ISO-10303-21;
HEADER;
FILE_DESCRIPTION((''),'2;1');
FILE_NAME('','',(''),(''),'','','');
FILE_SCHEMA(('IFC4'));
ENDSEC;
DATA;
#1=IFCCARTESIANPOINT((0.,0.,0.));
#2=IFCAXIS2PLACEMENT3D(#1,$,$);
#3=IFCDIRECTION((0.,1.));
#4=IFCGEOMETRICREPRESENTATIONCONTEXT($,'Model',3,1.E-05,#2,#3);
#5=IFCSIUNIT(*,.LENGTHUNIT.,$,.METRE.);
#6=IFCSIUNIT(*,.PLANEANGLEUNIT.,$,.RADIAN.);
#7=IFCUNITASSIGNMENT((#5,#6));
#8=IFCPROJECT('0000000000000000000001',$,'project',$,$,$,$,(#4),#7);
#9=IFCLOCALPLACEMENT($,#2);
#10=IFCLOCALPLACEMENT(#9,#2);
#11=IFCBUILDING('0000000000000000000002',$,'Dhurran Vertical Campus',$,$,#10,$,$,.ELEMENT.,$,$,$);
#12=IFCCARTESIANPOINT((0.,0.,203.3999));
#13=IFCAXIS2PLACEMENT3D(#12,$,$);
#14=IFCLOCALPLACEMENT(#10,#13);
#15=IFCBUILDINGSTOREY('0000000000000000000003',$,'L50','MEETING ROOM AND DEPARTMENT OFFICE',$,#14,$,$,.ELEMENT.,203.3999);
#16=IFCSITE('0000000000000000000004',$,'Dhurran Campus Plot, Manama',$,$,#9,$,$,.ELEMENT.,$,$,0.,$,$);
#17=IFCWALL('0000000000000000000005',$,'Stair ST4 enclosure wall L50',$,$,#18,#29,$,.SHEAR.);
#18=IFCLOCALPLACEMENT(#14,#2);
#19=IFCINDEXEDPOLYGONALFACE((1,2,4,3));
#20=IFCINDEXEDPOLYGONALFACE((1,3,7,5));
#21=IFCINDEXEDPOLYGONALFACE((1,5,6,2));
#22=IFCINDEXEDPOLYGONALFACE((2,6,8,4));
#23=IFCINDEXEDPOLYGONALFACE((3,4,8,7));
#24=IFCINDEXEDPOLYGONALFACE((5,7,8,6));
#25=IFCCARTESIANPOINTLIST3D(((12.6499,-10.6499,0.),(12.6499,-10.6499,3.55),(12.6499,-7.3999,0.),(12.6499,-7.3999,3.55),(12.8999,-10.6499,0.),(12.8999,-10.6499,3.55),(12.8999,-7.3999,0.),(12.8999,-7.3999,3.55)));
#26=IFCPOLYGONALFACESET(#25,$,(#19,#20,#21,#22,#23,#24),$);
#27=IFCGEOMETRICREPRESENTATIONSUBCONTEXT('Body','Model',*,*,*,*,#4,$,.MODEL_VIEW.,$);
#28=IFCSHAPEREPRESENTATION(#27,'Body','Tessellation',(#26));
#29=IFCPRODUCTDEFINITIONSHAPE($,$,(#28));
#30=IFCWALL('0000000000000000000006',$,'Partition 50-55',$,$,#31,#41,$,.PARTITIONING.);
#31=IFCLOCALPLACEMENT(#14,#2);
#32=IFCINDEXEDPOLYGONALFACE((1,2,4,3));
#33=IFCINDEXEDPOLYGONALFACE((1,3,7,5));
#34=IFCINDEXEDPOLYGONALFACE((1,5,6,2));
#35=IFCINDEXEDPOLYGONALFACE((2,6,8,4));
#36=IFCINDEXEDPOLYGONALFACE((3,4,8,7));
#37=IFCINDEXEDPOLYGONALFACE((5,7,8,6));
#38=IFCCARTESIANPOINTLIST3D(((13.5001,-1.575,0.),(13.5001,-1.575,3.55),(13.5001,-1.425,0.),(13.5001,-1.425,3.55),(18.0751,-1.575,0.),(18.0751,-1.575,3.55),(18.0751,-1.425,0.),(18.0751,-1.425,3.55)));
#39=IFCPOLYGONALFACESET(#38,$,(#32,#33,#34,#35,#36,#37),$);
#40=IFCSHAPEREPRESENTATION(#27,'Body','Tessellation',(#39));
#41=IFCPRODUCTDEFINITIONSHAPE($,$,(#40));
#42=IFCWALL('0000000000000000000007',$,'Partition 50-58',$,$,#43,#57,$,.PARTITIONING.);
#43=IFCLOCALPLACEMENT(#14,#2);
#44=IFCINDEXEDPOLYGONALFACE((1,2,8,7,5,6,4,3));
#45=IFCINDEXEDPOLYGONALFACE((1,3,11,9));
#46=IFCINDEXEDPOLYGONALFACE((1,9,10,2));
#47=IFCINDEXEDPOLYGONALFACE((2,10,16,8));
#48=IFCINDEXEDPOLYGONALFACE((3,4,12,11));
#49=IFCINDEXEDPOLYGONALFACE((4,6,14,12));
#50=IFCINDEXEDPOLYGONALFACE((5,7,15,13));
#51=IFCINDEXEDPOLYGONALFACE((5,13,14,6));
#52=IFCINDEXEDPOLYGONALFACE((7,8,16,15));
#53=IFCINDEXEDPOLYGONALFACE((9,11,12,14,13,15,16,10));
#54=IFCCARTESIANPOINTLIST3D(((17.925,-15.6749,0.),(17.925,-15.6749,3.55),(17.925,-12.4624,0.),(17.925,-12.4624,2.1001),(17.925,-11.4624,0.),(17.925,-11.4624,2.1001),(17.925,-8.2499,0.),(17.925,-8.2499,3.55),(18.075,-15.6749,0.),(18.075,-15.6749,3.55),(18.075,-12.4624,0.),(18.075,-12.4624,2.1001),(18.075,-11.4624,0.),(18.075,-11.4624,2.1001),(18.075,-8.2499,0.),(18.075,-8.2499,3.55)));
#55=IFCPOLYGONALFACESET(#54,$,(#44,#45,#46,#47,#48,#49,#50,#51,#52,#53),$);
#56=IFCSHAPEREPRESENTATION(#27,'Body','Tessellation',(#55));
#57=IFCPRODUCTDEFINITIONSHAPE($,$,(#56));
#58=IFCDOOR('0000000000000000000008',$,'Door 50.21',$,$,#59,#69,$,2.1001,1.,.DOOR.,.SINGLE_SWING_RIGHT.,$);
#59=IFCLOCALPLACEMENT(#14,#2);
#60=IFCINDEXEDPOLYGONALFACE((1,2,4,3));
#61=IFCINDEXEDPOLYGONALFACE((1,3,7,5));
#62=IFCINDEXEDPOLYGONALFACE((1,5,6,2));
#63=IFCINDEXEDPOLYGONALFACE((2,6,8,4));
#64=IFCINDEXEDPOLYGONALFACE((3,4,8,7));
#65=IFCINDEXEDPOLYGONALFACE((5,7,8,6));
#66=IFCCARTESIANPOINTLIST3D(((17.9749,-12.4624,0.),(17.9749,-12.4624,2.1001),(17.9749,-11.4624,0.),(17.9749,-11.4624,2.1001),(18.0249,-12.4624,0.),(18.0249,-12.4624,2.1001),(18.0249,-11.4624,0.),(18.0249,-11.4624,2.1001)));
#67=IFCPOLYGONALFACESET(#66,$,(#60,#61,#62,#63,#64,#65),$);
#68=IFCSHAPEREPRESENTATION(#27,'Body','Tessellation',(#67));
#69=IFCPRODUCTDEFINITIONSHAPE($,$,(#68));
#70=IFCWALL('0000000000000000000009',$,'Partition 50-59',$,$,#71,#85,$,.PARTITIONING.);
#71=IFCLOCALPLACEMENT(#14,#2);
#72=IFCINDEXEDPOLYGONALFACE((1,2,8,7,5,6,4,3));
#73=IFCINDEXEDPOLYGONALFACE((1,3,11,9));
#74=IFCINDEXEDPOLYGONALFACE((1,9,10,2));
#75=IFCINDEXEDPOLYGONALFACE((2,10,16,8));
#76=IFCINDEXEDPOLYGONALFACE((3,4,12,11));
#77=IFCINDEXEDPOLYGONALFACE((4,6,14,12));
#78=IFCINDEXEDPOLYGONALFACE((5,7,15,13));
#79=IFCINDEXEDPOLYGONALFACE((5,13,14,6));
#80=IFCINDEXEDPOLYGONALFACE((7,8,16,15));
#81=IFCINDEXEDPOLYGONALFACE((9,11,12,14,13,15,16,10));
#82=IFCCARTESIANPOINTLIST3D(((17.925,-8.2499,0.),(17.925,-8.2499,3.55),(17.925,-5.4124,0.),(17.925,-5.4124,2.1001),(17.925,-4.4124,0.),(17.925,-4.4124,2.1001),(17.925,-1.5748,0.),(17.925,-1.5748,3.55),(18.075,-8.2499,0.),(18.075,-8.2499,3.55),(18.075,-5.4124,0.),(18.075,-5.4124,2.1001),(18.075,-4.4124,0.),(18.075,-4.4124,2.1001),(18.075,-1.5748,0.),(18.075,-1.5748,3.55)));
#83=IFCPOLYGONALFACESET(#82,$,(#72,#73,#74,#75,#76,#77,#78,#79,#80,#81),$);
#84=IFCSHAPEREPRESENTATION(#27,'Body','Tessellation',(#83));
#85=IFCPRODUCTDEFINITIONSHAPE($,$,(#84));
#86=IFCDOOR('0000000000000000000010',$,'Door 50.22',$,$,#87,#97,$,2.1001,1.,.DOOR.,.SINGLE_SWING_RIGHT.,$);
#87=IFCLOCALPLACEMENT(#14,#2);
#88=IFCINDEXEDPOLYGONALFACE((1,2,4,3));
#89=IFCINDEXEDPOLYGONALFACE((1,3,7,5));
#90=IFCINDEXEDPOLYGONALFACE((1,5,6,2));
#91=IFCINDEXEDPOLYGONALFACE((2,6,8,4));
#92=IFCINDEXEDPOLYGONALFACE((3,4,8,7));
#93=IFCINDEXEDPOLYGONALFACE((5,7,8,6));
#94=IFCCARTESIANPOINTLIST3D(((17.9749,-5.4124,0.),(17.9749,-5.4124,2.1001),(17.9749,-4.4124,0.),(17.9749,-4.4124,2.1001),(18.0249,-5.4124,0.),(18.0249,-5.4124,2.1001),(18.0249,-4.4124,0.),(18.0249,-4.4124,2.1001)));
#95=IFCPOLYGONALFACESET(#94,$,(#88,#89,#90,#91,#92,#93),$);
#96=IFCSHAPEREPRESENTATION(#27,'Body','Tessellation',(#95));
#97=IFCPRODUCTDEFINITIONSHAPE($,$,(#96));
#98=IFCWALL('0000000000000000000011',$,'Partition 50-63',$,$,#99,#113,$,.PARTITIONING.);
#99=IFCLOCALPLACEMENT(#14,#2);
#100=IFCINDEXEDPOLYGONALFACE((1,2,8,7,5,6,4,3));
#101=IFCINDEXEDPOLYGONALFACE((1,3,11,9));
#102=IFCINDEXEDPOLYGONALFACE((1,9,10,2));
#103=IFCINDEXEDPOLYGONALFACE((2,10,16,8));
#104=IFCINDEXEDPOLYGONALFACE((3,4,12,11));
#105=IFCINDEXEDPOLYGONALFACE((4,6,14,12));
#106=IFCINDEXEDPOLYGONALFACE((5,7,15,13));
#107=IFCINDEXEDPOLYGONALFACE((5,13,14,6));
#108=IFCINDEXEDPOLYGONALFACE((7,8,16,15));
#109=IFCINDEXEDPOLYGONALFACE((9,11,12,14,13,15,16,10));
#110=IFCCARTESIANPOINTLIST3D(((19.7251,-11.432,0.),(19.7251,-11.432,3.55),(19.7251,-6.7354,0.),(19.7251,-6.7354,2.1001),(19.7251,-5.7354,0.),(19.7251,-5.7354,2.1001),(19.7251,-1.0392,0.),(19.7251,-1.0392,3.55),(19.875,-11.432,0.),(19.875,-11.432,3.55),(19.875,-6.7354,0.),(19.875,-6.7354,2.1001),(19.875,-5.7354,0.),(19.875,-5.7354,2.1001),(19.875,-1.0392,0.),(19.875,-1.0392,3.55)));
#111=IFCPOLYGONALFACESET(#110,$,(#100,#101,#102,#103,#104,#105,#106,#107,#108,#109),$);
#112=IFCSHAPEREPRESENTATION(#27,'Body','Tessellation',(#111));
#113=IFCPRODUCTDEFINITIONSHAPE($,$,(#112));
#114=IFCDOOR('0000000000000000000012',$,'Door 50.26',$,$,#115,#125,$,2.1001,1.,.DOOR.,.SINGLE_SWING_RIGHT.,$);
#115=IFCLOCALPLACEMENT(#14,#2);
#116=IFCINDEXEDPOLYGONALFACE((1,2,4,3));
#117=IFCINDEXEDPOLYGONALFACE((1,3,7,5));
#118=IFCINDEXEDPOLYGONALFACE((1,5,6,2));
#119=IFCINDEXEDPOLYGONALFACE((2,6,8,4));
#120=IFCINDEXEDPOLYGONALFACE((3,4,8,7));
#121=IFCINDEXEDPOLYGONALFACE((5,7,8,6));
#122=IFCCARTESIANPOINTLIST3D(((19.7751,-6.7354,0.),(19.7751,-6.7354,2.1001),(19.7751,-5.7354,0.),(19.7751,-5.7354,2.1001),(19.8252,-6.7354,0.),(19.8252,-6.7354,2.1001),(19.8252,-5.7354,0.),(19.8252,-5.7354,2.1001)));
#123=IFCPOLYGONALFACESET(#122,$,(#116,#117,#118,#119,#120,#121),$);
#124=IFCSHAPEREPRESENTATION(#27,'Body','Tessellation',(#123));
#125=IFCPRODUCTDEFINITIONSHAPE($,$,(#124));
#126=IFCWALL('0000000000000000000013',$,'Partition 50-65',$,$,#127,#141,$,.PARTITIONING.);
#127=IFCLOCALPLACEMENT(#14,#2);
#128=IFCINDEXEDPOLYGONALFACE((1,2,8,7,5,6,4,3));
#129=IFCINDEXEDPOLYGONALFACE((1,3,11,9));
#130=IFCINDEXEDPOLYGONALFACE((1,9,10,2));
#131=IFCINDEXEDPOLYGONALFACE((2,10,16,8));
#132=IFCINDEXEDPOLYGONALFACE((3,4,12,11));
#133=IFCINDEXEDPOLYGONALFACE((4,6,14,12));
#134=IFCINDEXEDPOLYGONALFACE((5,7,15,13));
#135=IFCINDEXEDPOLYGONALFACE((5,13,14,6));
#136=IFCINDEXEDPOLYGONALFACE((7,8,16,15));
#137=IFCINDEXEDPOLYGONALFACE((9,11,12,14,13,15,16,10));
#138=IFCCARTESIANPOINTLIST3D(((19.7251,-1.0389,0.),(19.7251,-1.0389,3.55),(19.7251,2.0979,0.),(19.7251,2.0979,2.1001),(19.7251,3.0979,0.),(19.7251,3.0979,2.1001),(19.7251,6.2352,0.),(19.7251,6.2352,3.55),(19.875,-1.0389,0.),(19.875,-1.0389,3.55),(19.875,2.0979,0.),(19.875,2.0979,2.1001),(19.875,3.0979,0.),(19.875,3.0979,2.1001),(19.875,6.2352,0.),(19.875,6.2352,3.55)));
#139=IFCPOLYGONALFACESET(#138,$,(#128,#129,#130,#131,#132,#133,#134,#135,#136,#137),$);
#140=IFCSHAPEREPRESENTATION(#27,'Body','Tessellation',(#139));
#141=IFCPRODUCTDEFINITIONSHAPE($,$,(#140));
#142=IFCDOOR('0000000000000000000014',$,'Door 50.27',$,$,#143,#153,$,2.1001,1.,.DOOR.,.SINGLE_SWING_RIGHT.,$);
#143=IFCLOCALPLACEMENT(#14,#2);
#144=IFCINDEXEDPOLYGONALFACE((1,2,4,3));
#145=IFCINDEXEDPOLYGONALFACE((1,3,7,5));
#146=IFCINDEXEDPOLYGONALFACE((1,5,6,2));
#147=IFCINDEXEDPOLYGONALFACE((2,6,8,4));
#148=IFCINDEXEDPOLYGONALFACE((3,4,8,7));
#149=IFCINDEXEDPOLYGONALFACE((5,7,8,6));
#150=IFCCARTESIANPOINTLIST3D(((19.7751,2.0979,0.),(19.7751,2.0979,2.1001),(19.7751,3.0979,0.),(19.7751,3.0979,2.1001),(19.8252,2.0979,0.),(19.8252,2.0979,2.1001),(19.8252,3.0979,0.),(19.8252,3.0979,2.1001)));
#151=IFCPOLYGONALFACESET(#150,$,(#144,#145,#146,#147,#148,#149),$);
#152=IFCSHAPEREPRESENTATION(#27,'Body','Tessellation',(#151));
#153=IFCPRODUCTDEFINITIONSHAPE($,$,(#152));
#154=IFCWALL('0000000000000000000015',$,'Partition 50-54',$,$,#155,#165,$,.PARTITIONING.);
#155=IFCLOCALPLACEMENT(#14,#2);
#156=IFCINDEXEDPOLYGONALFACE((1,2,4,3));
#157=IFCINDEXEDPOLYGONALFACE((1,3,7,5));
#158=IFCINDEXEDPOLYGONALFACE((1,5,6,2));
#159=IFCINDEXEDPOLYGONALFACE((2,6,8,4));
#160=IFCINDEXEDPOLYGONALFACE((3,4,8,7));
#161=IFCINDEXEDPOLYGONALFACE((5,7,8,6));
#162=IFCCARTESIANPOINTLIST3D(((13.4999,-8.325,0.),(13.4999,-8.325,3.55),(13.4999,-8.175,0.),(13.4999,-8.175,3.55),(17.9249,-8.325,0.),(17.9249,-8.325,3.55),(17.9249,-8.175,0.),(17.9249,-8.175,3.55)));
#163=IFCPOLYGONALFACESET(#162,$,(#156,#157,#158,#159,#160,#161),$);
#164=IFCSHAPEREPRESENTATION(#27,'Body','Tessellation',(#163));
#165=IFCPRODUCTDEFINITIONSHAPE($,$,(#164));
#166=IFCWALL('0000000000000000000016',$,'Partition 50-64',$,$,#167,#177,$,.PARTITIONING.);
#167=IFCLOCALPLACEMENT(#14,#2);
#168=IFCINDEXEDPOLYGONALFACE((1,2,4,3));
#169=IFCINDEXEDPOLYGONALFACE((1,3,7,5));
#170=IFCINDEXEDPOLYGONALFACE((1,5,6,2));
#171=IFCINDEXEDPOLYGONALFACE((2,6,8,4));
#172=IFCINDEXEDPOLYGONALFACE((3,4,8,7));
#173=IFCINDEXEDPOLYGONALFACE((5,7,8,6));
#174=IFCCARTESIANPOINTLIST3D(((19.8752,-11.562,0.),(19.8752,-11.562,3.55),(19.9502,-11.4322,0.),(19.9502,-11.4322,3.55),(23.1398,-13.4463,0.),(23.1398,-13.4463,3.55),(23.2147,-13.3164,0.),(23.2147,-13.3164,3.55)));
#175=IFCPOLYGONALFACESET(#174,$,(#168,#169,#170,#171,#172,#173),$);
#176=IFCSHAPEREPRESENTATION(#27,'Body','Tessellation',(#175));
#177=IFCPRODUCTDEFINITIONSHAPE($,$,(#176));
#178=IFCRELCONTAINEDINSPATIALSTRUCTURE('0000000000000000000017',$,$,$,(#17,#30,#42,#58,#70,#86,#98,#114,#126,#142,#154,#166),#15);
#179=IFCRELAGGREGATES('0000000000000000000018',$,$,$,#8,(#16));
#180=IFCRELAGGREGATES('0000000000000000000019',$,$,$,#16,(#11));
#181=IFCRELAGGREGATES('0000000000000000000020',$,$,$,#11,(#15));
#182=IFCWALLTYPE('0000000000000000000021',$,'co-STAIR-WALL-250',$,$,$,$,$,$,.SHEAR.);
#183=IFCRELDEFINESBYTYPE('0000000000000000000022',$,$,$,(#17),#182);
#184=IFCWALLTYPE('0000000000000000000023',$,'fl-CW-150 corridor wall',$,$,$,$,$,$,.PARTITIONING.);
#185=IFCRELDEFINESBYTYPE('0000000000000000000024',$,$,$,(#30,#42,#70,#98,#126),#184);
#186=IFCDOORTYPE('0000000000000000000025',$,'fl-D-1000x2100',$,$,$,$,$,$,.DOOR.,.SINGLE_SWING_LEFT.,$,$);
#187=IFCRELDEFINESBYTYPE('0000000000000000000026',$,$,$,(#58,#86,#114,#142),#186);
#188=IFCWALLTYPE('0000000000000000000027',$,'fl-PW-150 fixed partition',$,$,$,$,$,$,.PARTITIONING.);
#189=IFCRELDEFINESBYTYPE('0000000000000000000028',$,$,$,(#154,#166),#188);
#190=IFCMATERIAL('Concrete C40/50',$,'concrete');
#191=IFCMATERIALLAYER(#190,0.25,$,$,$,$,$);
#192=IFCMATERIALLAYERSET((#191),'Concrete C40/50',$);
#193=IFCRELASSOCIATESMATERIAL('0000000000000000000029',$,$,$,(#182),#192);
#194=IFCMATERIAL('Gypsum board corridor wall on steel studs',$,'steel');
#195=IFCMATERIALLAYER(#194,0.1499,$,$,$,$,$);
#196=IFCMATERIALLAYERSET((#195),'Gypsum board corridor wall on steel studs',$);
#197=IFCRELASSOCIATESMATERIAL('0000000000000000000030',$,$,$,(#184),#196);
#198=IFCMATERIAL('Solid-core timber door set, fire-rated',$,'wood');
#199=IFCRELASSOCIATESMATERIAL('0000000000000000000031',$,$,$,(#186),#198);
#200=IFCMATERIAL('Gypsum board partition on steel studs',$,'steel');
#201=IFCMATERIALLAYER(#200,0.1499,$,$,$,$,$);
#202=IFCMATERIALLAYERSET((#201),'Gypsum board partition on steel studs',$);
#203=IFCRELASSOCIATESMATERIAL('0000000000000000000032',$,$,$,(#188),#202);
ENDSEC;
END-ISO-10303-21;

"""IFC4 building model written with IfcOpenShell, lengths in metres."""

from ifc_helpers import new_model, si_unit, direction, frame, frame_2d, origin, place, context, subcontext, project, spatial, rectangle, extrude, material, layer, layer_set, type_object, element, fill, save


model = new_model("IFC4")

# Units and contexts
model_context = context("Model", 3, precision=1e-05, world=origin(), true_north=direction((0.0, 1.0)))
body_context = subcontext(model_context, "Body", "Model", "MODEL_VIEW")
ifc_project = project(units=[si_unit("LENGTHUNIT", "METRE"), si_unit("PLANEANGLEUNIT", "RADIAN")], contexts=[model_context])

# Site, building, storey
site_placement = place(None, origin())
site = spatial("IfcSite", under=ifc_project, at=site_placement, Name="Dhurran Campus Plot, Manama", CompositionType="ELEMENT", RefElevation=0.0)
building_placement = place(site_placement, origin())
building = spatial("IfcBuilding", under=site, at=building_placement, Name="Dhurran Vertical Campus", CompositionType="ELEMENT")
storey_placement = place(building_placement, frame((0.0, 0.0, 203.3999)))
storey = spatial("IfcBuildingStorey", under=building, at=storey_placement, Name="L50", Description="MEETING ROOM AND DEPARTMENT OFFICE", CompositionType="ELEMENT", Elevation=203.3999)

# Walls
ifc_material_1 = material(Name="Concrete C40/50", Category="concrete")
ifc_layer_1 = layer(ifc_material_1, 0.25)
ifc_layer_set_1 = layer_set([ifc_layer_1], Name="Concrete C40/50")
wall_type_1 = type_object("IfcWallType", Name="co-STAIR-WALL-250", PredefinedType="SHEAR", material=ifc_layer_set_1)
wall_1_placement = place(storey_placement, frame((12.7749, -10.6499, 0.0), z_axis=(0.0, 0.0, 1.0), x_axis=(0.0, 1.0, 0.0)))
element("IfcWall", 1, at=wall_1_placement, inside=storey, type_object=wall_type_1, Name="Stair ST4 enclosure wall L50", PredefinedType="SHEAR", context=body_context, shape_type="SweptSolid", body=[
    extrude(rectangle(XDim=3.25, YDim=0.25, at=frame_2d((1.625, 0.0))), origin(), (0.0, 0.0, 1.0), 3.55),
])
ifc_material_2 = material(Name="Gypsum board corridor wall on steel studs", Category="steel")
ifc_layer_2 = layer(ifc_material_2, 0.1499)
ifc_layer_set_2 = layer_set([ifc_layer_2], Name="Gypsum board corridor wall on steel studs")
wall_type_2 = type_object("IfcWallType", Name="fl-CW-150 corridor wall", PredefinedType="PARTITIONING", material=ifc_layer_set_2)
wall_2_placement = place(storey_placement, frame((13.5, -1.5, 0.0), z_axis=(0.0, 0.0, 1.0), x_axis=(1.0, 0.0, 0.0)))
element("IfcWall", 2, at=wall_2_placement, inside=storey, type_object=wall_type_2, Name="Partition 50-55", PredefinedType="PARTITIONING", context=body_context, shape_type="SweptSolid", body=[
    extrude(rectangle(XDim=4.575, YDim=0.1499, at=frame_2d((2.2876, 0.0))), origin(), (0.0, 0.0, 1.0), 3.55),
])

# Walls, openings, doors
wall_3_placement = place(storey_placement, frame((18.0, -8.25, 0.0), z_axis=(0.0, 0.0, 1.0), x_axis=(0.0, -1.0, 0.0)))
wall_3 = element("IfcWall", 3, at=wall_3_placement, inside=storey, type_object=wall_type_2, Name="Partition 50-58", PredefinedType="PARTITIONING", context=body_context, shape_type="SweptSolid", body=[
    extrude(rectangle(XDim=7.425, YDim=0.1499, at=frame_2d((3.7124, 0.0))), origin(), (0.0, 0.0, 1.0), 3.55),
])
opening_1_placement = place(wall_3_placement, frame((3.2124, 0.0, 0.0)))
opening_1 = element("IfcOpeningElement", 4, at=opening_1_placement, cuts=wall_3, PredefinedType="OPENING", context=body_context, shape_type="SweptSolid", body=[
    extrude(rectangle(XDim=1.0, YDim=2.1001, at=frame_2d((0.5, 1.05))), frame((0.0, 0.085, 0.0), z_axis=(0.0, -1.0, 0.0), x_axis=(1.0, 0.0, 0.0)), (0.0, 0.0, 1.0), 0.1699),
])
ifc_material_3 = material(Name="Solid-core timber door set, fire-rated", Category="wood")
door_type_1 = type_object("IfcDoorType", Name="fl-D-1000x2100", OperationType="SINGLE_SWING_LEFT", PredefinedType="DOOR", material=ifc_material_3)
door_1_placement = place(opening_1_placement, origin())
door_1 = element("IfcDoor", 5, at=door_1_placement, inside=storey, type_object=door_type_1, Name="Door 50.21", OperationType="SINGLE_SWING_RIGHT", OverallHeight=2.1001, OverallWidth=1.0, PredefinedType="DOOR", context=body_context, shape_type="SweptSolid", body=[
    extrude(rectangle(XDim=1.0, YDim=2.1001, at=frame_2d((0.5, 1.05))), frame((0.0, 0.0249, 0.0), z_axis=(0.0, -1.0, 0.0), x_axis=(1.0, 0.0, 0.0)), (0.0, 0.0, 1.0), 0.05),
])
fill(opening_1, door_1)
wall_4_placement = place(storey_placement, frame((18.0, -1.575, 0.0), z_axis=(0.0, 0.0, 1.0), x_axis=(0.0, -1.0, 0.0)))
wall_4 = element("IfcWall", 6, at=wall_4_placement, inside=storey, type_object=wall_type_2, Name="Partition 50-59", PredefinedType="PARTITIONING", context=body_context, shape_type="SweptSolid", body=[
    extrude(rectangle(XDim=6.675, YDim=0.1499, at=frame_2d((3.3374, 0.0))), origin(), (0.0, 0.0, 1.0), 3.55),
])
opening_2_placement = place(wall_4_placement, frame((2.8374, 0.0, 0.0)))
opening_2 = element("IfcOpeningElement", 7, at=opening_2_placement, cuts=wall_4, PredefinedType="OPENING", context=body_context, shape_type="SweptSolid", body=[
    extrude(rectangle(XDim=1.0, YDim=2.1001, at=frame_2d((0.5, 1.05))), frame((0.0, 0.085, 0.0), z_axis=(0.0, -1.0, 0.0), x_axis=(1.0, 0.0, 0.0)), (0.0, 0.0, 1.0), 0.1699),
])
door_2_placement = place(opening_2_placement, origin())
door_2 = element("IfcDoor", 8, at=door_2_placement, inside=storey, type_object=door_type_1, Name="Door 50.22", OperationType="SINGLE_SWING_RIGHT", OverallHeight=2.1001, OverallWidth=1.0, PredefinedType="DOOR", context=body_context, shape_type="SweptSolid", body=[
    extrude(rectangle(XDim=1.0, YDim=2.1001, at=frame_2d((0.5, 1.05))), frame((0.0, 0.0249, 0.0), z_axis=(0.0, -1.0, 0.0), x_axis=(1.0, 0.0, 0.0)), (0.0, 0.0, 1.0), 0.05),
])
fill(opening_2, door_2)
wall_5_placement = place(storey_placement, frame((19.8, -11.4319, 0.0), z_axis=(0.0, 0.0, 1.0), x_axis=(0.0, 1.0, 0.0)))
wall_5 = element("IfcWall", 9, at=wall_5_placement, inside=storey, type_object=wall_type_2, Name="Partition 50-63", PredefinedType="PARTITIONING", context=body_context, shape_type="SweptSolid", body=[
    extrude(rectangle(XDim=10.3928, YDim=0.1499, at=frame_2d((5.1963, 0.0))), origin(), (0.0, 0.0, 1.0), 3.55),
])
opening_3_placement = place(wall_5_placement, frame((4.6965, 0.0, 0.0)))
opening_3 = element("IfcOpeningElement", 10, at=opening_3_placement, cuts=wall_5, PredefinedType="OPENING", context=body_context, shape_type="SweptSolid", body=[
    extrude(rectangle(XDim=1.0, YDim=2.1001, at=frame_2d((0.5, 1.05))), frame((0.0, 0.085, 0.0), z_axis=(0.0, -1.0, 0.0), x_axis=(1.0, 0.0, 0.0)), (0.0, 0.0, 1.0), 0.1699),
])
door_3_placement = place(opening_3_placement, origin())
door_3 = element("IfcDoor", 11, at=door_3_placement, inside=storey, type_object=door_type_1, Name="Door 50.26", OperationType="SINGLE_SWING_RIGHT", OverallHeight=2.1001, OverallWidth=1.0, PredefinedType="DOOR", context=body_context, shape_type="SweptSolid", body=[
    extrude(rectangle(XDim=1.0, YDim=2.1001, at=frame_2d((0.5, 1.05))), frame((0.0, 0.0249, 0.0), z_axis=(0.0, -1.0, 0.0), x_axis=(1.0, 0.0, 0.0)), (0.0, 0.0, 1.0), 0.05),
])
fill(opening_3, door_3)
wall_6_placement = place(storey_placement, frame((19.8, -1.0391, 0.0), z_axis=(0.0, 0.0, 1.0), x_axis=(0.0, 1.0, 0.0)))
wall_6 = element("IfcWall", 12, at=wall_6_placement, inside=storey, type_object=wall_type_2, Name="Partition 50-65", PredefinedType="PARTITIONING", context=body_context, shape_type="SweptSolid", body=[
    extrude(rectangle(XDim=7.2742, YDim=0.1499, at=frame_2d((3.6372, 0.0))), origin(), (0.0, 0.0, 1.0), 3.55),
])
opening_4_placement = place(wall_6_placement, frame((3.137, 0.0, 0.0)))
opening_4 = element("IfcOpeningElement", 13, at=opening_4_placement, cuts=wall_6, PredefinedType="OPENING", context=body_context, shape_type="SweptSolid", body=[
    extrude(rectangle(XDim=1.0, YDim=2.1001, at=frame_2d((0.5, 1.05))), frame((0.0, 0.085, 0.0), z_axis=(0.0, -1.0, 0.0), x_axis=(1.0, 0.0, 0.0)), (0.0, 0.0, 1.0), 0.1699),
])
door_4_placement = place(opening_4_placement, origin())
door_4 = element("IfcDoor", 14, at=door_4_placement, inside=storey, type_object=door_type_1, Name="Door 50.27", OperationType="SINGLE_SWING_RIGHT", OverallHeight=2.1001, OverallWidth=1.0, PredefinedType="DOOR", context=body_context, shape_type="SweptSolid", body=[
    extrude(rectangle(XDim=1.0, YDim=2.1001, at=frame_2d((0.5, 1.05))), frame((0.0, 0.0249, 0.0), z_axis=(0.0, -1.0, 0.0), x_axis=(1.0, 0.0, 0.0)), (0.0, 0.0, 1.0), 0.05),
])
fill(opening_4, door_4)

# Walls
ifc_material_4 = material(Name="Gypsum board partition on steel studs", Category="steel")
ifc_layer_3 = layer(ifc_material_4, 0.1499)
ifc_layer_set_3 = layer_set([ifc_layer_3], Name="Gypsum board partition on steel studs")
wall_type_3 = type_object("IfcWallType", Name="fl-PW-150 fixed partition", PredefinedType="PARTITIONING", material=ifc_layer_set_3)
wall_7_placement = place(storey_placement, frame((13.5, -8.25, 0.0), z_axis=(0.0, 0.0, 1.0), x_axis=(1.0, 0.0, 0.0)))
element("IfcWall", 15, at=wall_7_placement, inside=storey, type_object=wall_type_3, Name="Partition 50-54", PredefinedType="PARTITIONING", context=body_context, shape_type="SweptSolid", body=[
    extrude(rectangle(XDim=4.425, YDim=0.1499, at=frame_2d((2.2124, 0.0))), origin(), (0.0, 0.0, 1.0), 3.55),
])
wall_8_placement = place(storey_placement, frame((19.9126, -11.4971, 0.0), z_axis=(0.0, 0.0, 1.0), x_axis=(0.866091, -0.499887, 0.0)))
element("IfcWall", 16, at=wall_8_placement, inside=storey, type_object=wall_type_3, Name="Partition 50-64", PredefinedType="PARTITIONING", context=body_context, shape_type="SweptSolid", body=[
    extrude(rectangle(XDim=3.7693, YDim=0.1499, at=frame_2d((1.8848, 0.0))), origin(), (0.0, 0.0, 1.0), 3.55),
])

save(model, "model.ifc")
